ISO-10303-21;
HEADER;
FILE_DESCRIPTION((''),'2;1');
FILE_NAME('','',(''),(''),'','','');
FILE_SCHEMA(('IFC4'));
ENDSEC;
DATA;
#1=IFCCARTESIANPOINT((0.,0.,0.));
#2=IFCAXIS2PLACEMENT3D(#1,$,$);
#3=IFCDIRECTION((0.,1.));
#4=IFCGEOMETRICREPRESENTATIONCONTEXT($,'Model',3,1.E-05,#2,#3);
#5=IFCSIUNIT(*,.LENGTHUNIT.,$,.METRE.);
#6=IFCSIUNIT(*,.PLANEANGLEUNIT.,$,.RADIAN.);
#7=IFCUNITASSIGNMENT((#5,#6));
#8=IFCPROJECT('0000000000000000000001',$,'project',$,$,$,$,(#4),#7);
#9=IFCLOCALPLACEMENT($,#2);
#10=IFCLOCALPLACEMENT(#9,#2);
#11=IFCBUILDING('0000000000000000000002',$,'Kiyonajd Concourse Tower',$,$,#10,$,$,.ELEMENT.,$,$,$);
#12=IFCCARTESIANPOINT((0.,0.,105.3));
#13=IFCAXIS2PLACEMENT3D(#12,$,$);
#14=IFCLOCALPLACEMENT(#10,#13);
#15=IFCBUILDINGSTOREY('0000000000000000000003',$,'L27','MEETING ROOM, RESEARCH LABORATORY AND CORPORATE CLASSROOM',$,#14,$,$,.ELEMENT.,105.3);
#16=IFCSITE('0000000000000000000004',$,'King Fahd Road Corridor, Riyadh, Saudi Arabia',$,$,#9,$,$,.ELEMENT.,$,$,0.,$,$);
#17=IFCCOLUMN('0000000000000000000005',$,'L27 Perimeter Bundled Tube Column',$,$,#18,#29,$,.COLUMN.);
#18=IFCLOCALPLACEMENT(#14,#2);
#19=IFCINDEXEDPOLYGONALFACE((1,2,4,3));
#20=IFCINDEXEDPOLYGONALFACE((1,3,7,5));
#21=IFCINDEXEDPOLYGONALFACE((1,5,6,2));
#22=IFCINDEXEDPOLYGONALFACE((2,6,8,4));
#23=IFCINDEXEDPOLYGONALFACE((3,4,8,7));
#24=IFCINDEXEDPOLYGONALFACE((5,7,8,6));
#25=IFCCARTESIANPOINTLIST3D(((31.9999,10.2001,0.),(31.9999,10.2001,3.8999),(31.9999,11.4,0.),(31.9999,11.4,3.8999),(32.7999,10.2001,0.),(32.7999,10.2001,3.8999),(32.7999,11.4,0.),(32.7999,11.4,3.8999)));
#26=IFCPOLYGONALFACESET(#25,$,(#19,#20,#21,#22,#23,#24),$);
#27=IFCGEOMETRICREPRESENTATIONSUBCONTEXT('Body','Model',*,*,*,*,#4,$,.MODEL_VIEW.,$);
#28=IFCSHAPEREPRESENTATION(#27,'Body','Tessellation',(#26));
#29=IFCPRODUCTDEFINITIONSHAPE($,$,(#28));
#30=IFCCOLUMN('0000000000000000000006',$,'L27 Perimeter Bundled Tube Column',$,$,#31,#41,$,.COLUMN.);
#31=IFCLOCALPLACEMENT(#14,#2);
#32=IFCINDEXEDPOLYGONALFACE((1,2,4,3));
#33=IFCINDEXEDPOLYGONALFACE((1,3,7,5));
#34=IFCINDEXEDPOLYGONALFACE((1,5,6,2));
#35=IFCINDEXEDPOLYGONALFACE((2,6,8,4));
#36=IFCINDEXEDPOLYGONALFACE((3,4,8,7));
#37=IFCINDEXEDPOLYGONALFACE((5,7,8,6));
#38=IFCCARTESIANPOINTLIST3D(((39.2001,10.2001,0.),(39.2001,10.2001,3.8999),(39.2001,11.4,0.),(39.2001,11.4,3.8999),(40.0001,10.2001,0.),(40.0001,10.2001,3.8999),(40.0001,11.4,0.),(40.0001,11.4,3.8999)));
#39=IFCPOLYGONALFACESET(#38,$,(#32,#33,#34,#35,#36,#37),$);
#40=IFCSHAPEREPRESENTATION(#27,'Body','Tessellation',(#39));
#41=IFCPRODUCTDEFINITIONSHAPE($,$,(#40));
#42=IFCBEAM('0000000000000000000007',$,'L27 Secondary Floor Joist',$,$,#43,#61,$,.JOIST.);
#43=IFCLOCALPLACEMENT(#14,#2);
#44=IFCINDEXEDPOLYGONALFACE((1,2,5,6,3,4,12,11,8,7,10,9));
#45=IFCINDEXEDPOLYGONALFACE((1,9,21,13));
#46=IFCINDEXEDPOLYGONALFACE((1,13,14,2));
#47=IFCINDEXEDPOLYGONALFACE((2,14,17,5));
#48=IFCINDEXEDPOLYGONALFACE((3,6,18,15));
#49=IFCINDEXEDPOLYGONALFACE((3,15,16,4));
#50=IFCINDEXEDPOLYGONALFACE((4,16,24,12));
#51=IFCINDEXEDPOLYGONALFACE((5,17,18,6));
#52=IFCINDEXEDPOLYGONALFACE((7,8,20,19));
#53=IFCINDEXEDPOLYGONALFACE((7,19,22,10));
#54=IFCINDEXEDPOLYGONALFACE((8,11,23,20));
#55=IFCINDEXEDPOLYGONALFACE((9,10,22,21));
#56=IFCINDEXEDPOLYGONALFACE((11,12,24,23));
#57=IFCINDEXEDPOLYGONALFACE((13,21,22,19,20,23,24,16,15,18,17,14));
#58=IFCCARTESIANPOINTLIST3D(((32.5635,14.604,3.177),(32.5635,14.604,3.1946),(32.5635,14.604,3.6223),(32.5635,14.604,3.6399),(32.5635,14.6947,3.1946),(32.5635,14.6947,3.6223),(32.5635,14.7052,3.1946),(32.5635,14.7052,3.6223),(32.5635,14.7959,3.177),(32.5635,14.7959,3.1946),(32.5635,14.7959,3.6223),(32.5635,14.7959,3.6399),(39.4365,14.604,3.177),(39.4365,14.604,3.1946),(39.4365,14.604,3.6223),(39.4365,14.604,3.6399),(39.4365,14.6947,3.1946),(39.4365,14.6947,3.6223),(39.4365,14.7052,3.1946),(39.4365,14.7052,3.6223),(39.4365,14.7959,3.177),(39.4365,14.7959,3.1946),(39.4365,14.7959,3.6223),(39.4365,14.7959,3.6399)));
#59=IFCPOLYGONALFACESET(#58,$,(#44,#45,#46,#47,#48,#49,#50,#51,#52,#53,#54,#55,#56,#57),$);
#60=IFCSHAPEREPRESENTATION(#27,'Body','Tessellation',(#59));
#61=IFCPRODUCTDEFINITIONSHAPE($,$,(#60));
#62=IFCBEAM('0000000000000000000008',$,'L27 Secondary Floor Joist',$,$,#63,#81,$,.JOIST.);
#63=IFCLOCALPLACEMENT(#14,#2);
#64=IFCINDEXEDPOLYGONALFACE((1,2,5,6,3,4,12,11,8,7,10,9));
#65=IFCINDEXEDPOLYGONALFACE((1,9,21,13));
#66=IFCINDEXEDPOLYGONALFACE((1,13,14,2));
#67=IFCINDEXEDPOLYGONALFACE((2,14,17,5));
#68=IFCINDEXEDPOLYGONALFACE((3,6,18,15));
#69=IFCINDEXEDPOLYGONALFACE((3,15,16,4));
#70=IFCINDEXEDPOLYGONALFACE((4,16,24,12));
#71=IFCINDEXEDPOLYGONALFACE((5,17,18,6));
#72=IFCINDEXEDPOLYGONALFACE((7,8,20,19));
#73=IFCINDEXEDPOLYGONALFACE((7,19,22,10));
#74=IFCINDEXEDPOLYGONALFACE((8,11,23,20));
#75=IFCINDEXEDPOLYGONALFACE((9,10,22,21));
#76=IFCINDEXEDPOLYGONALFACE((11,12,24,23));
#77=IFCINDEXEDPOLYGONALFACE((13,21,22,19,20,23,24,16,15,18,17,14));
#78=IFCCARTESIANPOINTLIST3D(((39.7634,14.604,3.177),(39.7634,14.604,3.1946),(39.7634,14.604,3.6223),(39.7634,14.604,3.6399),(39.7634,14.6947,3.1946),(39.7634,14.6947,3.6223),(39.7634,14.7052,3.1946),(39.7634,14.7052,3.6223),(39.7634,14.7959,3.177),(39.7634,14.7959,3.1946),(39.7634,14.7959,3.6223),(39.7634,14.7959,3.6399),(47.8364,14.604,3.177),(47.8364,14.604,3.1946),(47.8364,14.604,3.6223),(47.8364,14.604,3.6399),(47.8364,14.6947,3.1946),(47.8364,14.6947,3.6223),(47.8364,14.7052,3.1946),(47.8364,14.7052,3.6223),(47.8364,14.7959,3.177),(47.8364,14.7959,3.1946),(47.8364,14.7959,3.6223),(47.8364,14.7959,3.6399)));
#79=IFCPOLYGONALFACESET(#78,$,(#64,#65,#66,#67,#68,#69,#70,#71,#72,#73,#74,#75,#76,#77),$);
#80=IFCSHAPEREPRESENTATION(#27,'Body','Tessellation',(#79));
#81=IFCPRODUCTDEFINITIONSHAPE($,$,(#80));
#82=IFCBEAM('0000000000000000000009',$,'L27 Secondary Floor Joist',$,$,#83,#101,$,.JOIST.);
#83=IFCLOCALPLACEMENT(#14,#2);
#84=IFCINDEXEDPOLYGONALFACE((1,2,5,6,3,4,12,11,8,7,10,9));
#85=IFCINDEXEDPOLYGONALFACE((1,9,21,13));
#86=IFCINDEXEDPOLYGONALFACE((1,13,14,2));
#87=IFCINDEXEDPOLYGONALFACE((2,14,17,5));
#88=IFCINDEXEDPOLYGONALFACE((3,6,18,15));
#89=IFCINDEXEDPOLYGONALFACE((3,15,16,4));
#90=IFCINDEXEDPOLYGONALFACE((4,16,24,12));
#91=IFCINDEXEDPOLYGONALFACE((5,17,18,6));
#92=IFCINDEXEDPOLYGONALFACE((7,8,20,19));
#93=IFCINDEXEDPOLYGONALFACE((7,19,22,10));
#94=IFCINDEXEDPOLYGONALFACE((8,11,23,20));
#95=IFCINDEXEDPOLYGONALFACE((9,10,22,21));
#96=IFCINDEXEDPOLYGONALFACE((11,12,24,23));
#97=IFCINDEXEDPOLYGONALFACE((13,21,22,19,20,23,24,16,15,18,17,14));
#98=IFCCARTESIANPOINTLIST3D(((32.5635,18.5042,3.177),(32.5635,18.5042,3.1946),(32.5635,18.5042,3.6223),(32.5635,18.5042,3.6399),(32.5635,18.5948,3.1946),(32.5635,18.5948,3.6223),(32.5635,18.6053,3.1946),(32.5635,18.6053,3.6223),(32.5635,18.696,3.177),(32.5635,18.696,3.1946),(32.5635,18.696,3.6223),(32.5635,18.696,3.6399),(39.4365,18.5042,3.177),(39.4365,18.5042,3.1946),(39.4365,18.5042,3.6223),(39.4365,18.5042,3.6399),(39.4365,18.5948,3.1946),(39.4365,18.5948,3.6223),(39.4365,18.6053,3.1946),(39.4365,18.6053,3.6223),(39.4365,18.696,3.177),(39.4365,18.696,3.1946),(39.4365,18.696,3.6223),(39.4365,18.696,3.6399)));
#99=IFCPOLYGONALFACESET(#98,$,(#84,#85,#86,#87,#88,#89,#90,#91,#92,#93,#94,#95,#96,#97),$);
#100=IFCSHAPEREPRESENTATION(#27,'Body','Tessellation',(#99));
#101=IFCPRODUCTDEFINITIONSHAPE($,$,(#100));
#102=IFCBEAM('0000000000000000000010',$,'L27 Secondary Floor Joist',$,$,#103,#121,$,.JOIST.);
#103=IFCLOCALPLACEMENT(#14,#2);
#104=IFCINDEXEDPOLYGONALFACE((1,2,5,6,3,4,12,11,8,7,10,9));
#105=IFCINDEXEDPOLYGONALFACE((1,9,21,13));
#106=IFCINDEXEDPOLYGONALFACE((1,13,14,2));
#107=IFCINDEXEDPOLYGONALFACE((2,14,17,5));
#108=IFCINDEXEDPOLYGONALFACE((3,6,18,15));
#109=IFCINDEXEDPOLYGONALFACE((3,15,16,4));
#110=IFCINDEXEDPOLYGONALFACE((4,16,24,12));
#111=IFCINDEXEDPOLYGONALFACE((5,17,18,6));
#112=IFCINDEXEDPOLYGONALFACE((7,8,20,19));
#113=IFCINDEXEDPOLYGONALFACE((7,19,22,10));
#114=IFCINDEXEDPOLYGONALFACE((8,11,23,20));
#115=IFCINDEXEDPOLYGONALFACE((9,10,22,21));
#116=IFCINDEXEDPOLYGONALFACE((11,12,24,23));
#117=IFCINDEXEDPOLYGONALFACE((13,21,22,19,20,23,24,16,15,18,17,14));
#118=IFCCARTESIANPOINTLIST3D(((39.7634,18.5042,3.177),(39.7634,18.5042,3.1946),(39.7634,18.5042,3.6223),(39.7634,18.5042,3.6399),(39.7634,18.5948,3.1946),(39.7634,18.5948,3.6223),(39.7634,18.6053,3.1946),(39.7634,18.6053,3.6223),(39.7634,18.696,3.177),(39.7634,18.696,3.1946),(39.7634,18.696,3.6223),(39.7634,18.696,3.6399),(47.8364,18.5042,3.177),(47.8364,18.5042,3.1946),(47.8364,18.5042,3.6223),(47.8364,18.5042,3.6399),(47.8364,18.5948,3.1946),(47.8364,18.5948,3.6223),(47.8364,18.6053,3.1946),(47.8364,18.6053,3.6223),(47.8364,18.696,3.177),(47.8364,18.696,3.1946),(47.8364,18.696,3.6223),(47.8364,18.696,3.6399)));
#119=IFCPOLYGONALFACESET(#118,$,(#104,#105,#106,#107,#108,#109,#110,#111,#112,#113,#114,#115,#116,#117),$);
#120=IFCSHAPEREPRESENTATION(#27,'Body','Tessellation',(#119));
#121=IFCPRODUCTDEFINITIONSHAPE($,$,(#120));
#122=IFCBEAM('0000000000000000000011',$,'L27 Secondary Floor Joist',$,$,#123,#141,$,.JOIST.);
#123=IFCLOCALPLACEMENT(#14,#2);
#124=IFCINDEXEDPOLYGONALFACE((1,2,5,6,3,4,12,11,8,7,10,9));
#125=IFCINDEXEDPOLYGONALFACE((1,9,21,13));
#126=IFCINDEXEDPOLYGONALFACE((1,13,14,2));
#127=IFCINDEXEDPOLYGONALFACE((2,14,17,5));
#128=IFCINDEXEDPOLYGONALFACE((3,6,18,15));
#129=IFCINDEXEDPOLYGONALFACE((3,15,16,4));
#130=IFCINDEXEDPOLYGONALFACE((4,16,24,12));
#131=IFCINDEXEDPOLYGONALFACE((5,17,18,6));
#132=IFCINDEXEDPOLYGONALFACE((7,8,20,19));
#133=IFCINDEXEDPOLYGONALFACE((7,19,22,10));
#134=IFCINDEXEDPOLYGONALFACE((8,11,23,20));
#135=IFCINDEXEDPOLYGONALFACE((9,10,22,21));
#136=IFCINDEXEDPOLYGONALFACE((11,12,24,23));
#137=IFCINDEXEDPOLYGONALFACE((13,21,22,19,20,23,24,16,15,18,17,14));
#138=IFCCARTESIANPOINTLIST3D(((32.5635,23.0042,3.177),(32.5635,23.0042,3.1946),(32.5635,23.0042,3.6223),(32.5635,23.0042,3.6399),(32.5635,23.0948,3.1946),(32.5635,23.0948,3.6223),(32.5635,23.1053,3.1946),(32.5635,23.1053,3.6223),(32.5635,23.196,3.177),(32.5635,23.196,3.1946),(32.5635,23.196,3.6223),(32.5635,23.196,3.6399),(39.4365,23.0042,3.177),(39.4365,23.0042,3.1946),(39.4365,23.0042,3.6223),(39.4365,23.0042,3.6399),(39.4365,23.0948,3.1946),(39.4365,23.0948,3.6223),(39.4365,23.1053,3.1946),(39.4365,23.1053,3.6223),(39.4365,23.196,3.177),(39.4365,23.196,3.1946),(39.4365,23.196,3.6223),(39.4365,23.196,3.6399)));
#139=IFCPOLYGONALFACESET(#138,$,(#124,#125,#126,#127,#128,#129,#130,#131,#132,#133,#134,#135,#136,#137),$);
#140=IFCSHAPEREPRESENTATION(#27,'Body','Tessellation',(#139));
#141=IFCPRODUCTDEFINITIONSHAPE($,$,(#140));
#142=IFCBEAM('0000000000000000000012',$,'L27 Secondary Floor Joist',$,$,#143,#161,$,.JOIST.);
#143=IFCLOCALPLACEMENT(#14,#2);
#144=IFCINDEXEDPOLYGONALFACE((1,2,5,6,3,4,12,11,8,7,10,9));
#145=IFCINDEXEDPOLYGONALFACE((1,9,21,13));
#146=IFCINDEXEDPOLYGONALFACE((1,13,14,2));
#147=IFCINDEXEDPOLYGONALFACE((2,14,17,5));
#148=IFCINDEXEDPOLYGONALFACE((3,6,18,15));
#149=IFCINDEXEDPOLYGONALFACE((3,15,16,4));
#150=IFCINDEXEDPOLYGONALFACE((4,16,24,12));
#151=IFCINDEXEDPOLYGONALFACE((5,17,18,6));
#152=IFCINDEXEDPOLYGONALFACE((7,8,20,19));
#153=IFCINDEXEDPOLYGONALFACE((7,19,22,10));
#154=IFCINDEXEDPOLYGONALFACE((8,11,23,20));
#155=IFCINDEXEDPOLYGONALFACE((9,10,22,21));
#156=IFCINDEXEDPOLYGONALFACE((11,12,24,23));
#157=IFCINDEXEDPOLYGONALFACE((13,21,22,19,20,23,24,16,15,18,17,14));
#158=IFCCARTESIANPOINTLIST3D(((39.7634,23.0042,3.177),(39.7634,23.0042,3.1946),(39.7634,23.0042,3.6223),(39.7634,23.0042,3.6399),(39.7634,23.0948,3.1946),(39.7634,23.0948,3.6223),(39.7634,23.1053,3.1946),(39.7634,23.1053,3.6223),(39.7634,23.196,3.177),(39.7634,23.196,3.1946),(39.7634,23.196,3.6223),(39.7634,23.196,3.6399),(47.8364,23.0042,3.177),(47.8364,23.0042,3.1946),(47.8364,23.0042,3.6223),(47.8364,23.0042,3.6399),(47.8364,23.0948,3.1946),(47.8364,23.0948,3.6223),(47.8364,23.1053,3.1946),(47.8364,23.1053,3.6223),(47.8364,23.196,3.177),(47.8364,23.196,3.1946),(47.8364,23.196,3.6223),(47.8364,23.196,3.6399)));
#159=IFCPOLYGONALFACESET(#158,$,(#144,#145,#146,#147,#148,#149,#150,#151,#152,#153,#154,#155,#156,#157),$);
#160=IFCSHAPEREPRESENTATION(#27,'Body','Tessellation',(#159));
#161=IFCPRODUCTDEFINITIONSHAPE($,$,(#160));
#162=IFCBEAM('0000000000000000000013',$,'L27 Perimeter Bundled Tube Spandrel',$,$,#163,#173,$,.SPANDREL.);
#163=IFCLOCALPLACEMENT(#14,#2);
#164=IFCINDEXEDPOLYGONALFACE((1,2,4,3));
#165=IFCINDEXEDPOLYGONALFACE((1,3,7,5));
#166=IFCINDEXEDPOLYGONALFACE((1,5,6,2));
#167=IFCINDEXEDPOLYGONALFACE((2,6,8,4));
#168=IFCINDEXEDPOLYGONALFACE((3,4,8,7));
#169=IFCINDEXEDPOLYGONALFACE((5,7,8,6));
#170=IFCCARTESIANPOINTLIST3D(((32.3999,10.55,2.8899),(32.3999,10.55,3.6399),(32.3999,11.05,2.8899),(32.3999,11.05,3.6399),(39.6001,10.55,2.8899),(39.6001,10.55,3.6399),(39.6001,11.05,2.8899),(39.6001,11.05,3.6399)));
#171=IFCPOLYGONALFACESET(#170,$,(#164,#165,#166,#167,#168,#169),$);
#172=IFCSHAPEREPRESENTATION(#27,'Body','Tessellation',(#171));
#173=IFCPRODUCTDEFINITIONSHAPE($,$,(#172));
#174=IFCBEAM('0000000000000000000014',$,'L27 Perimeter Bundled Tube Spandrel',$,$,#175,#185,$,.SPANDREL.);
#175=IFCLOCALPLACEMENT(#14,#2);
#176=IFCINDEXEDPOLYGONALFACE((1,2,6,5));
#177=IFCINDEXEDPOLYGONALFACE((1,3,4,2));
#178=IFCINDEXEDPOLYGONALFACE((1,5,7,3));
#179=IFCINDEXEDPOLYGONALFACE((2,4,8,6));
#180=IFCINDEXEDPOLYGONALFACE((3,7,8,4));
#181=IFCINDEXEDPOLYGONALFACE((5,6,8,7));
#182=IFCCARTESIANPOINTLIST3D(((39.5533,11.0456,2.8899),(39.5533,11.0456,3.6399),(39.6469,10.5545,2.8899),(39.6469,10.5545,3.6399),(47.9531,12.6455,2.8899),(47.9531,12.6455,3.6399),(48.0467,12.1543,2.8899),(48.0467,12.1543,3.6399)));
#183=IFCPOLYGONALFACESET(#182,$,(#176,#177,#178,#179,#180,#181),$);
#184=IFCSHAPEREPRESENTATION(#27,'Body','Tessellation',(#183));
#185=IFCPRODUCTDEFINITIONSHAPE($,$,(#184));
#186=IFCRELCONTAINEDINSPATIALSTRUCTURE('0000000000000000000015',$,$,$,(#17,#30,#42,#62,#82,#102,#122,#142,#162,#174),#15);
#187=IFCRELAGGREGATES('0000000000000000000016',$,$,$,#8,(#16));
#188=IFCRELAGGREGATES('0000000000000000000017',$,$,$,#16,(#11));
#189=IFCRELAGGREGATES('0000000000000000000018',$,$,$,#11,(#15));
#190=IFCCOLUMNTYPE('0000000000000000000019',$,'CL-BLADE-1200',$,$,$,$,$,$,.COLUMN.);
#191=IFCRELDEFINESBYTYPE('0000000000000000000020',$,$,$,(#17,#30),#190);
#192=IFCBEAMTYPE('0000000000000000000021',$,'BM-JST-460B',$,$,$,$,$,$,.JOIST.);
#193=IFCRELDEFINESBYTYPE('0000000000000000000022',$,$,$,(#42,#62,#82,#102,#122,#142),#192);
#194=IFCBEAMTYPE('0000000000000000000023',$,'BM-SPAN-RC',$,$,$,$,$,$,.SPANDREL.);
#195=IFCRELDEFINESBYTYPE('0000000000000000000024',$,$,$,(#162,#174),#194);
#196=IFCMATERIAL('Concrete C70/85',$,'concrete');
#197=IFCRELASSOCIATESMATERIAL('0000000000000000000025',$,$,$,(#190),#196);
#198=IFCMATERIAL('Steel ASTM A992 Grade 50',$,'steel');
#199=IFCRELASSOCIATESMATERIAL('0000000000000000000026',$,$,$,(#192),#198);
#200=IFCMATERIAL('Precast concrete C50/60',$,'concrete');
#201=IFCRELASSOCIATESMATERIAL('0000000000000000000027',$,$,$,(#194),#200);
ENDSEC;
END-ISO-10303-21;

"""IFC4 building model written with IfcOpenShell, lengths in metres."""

from ifc_helpers import new_model, si_unit, direction, frame, origin, origin_2d, place, context, subcontext, project, spatial, rectangle, i_section, extrude, material, material_profile, profile_set, type_object, element, save


model = new_model("IFC4")

# Units and contexts
model_context = context("Model", 3, precision=1e-05, world=origin(), true_north=direction((0.0, 1.0)))
body_context = subcontext(model_context, "Body", "Model", "MODEL_VIEW")
ifc_project = project(units=[si_unit("LENGTHUNIT", "METRE"), si_unit("PLANEANGLEUNIT", "RADIAN")], contexts=[model_context])

# Site, building, storey
site_placement = place(None, origin())
site = spatial("IfcSite", under=ifc_project, at=site_placement, Name="King Fahd Road Corridor, Riyadh, Saudi Arabia", CompositionType="ELEMENT", RefElevation=0.0)
building_placement = place(site_placement, origin())
building = spatial("IfcBuilding", under=site, at=building_placement, Name="Kiyonajd Concourse Tower", CompositionType="ELEMENT")
storey_placement = place(building_placement, frame((0.0, 0.0, 105.3)))
storey = spatial("IfcBuildingStorey", under=building, at=storey_placement, Name="L27", Description="MEETING ROOM, RESEARCH LABORATORY AND CORPORATE CLASSROOM", CompositionType="ELEMENT", Elevation=105.3)

# Columns
ifc_material_1 = material(Name="Concrete C70/85", Category="concrete")
ifc_material_profile_1 = material_profile(ifc_material_1, rectangle(XDim=0.8, YDim=1.2, at=origin_2d()), Name="RC-1200x800")
ifc_profile_set_1 = profile_set([ifc_material_profile_1], Name="Concrete C70/85")
column_type = type_object("IfcColumnType", Name="CL-BLADE-1200", PredefinedType="COLUMN", material=ifc_profile_set_1)
for number, where, z_axis, x_axis, name in (
    (1, (32.3999, 10.8, 0.0), (0.0, 0.0, 1.0), (1.0, 0.0, 0.0), "L27 Perimeter Bundled Tube Column"),
    (2, (39.6001, 10.8, 0.0), (0.0, 0.0, 1.0), (1.0, 0.0, 0.0), "L27 Perimeter Bundled Tube Column"),
):
    element("IfcColumn", number, at=place(storey_placement, frame(where, z_axis=z_axis, x_axis=x_axis)), inside=storey, type_object=column_type, Name=name, PredefinedType="COLUMN", context=body_context, shape_type="SweptSolid", body=[
        extrude(rectangle(XDim=0.8, YDim=1.2, at=origin_2d()), origin(), (0.0, 0.0, 1.0), 3.8999),
    ])

# Beams
ifc_material_2 = material(Name="Steel ASTM A992 Grade 50", Category="steel")
ifc_material_profile_2 = material_profile(ifc_material_2, i_section(OverallWidth=0.1919, OverallDepth=0.4629, WebThickness=0.0105, FlangeThickness=0.0176, at=origin_2d()), Name="W460X89")
ifc_profile_set_2 = profile_set([ifc_material_profile_2], Name="Steel ASTM A992 Grade 50")
beam_type_1 = type_object("IfcBeamType", Name="BM-JST-460B", PredefinedType="JOIST", material=ifc_profile_set_2)
beam_1_placement = place(storey_placement, frame((32.5635, 14.7, 3.4084), z_axis=(1.0, 0.0, 0.0), x_axis=(0.0, 1.0, 0.0)))
element("IfcBeam", 3, at=beam_1_placement, inside=storey, type_object=beam_type_1, Name="L27 Secondary Floor Joist", PredefinedType="JOIST", context=body_context, shape_type="SweptSolid", body=[
    extrude(i_section(OverallWidth=0.1919, OverallDepth=0.4629, WebThickness=0.0105, FlangeThickness=0.0176, at=origin_2d()), origin(), (0.0, 0.0, 1.0), 6.873),
])
beam_2_placement = place(storey_placement, frame((39.7634, 14.7, 3.4084), z_axis=(1.0, 0.0, 0.0), x_axis=(0.0, 1.0, 0.0)))
element("IfcBeam", 4, at=beam_2_placement, inside=storey, type_object=beam_type_1, Name="L27 Secondary Floor Joist", PredefinedType="JOIST", context=body_context, shape_type="SweptSolid", body=[
    extrude(i_section(OverallWidth=0.1919, OverallDepth=0.4629, WebThickness=0.0105, FlangeThickness=0.0176, at=origin_2d()), origin(), (0.0, 0.0, 1.0), 8.073),
])
beam_3_placement = place(storey_placement, frame((32.5635, 18.6001, 3.4084), z_axis=(1.0, 0.0, 0.0), x_axis=(0.0, 1.0, 0.0)))
element("IfcBeam", 5, at=beam_3_placement, inside=storey, type_object=beam_type_1, Name="L27 Secondary Floor Joist", PredefinedType="JOIST", context=body_context, shape_type="SweptSolid", body=[
    extrude(i_section(OverallWidth=0.1919, OverallDepth=0.4629, WebThickness=0.0105, FlangeThickness=0.0176, at=origin_2d()), origin(), (0.0, 0.0, 1.0), 6.873),
])
beam_4_placement = place(storey_placement, frame((39.7634, 18.6001, 3.4084), z_axis=(1.0, 0.0, 0.0), x_axis=(0.0, 1.0, 0.0)))
element("IfcBeam", 6, at=beam_4_placement, inside=storey, type_object=beam_type_1, Name="L27 Secondary Floor Joist", PredefinedType="JOIST", context=body_context, shape_type="SweptSolid", body=[
    extrude(i_section(OverallWidth=0.1919, OverallDepth=0.4629, WebThickness=0.0105, FlangeThickness=0.0176, at=origin_2d()), origin(), (0.0, 0.0, 1.0), 8.073),
])
beam_5_placement = place(storey_placement, frame((32.5635, 23.1001, 3.4084), z_axis=(1.0, 0.0, 0.0), x_axis=(0.0, 1.0, 0.0)))
element("IfcBeam", 7, at=beam_5_placement, inside=storey, type_object=beam_type_1, Name="L27 Secondary Floor Joist", PredefinedType="JOIST", context=body_context, shape_type="SweptSolid", body=[
    extrude(i_section(OverallWidth=0.1919, OverallDepth=0.4629, WebThickness=0.0105, FlangeThickness=0.0176, at=origin_2d()), origin(), (0.0, 0.0, 1.0), 6.873),
])
beam_6_placement = place(storey_placement, frame((39.7634, 23.1001, 3.4084), z_axis=(1.0, 0.0, 0.0), x_axis=(0.0, 1.0, 0.0)))
element("IfcBeam", 8, at=beam_6_placement, inside=storey, type_object=beam_type_1, Name="L27 Secondary Floor Joist", PredefinedType="JOIST", context=body_context, shape_type="SweptSolid", body=[
    extrude(i_section(OverallWidth=0.1919, OverallDepth=0.4629, WebThickness=0.0105, FlangeThickness=0.0176, at=origin_2d()), origin(), (0.0, 0.0, 1.0), 8.073),
])
ifc_material_3 = material(Name="Precast concrete C50/60", Category="concrete")
ifc_material_profile_3 = material_profile(ifc_material_3, rectangle(XDim=0.5, YDim=0.75, at=origin_2d()), Name="RCBM-500x750")
ifc_profile_set_3 = profile_set([ifc_material_profile_3], Name="Precast concrete C50/60")
beam_type_2 = type_object("IfcBeamType", Name="BM-SPAN-RC", PredefinedType="SPANDREL", material=ifc_profile_set_3)
beam_7_placement = place(storey_placement, frame((32.3999, 10.8, 3.2649), z_axis=(1.0, 0.0, 0.0), x_axis=(0.0, 1.0, 0.0)))
element("IfcBeam", 9, at=beam_7_placement, inside=storey, type_object=beam_type_2, Name="L27 Perimeter Bundled Tube Spandrel", PredefinedType="SPANDREL", context=body_context, shape_type="SweptSolid", body=[
    extrude(rectangle(XDim=0.5, YDim=0.75, at=origin_2d()), origin(), (0.0, 0.0, 1.0), 7.2002),
])
beam_8_placement = place(storey_placement, frame((39.6001, 10.8, 3.2649), z_axis=(0.982341, 0.187098, 0.0), x_axis=(-0.187098, 0.982341, 0.0)))
element("IfcBeam", 10, at=beam_8_placement, inside=storey, type_object=beam_type_2, Name="L27 Perimeter Bundled Tube Spandrel", PredefinedType="SPANDREL", context=body_context, shape_type="SweptSolid", body=[
    extrude(rectangle(XDim=0.5, YDim=0.75, at=origin_2d()), origin(), (0.0, 0.0, 1.0), 8.5508),
])

save(model, "model.ifc")
